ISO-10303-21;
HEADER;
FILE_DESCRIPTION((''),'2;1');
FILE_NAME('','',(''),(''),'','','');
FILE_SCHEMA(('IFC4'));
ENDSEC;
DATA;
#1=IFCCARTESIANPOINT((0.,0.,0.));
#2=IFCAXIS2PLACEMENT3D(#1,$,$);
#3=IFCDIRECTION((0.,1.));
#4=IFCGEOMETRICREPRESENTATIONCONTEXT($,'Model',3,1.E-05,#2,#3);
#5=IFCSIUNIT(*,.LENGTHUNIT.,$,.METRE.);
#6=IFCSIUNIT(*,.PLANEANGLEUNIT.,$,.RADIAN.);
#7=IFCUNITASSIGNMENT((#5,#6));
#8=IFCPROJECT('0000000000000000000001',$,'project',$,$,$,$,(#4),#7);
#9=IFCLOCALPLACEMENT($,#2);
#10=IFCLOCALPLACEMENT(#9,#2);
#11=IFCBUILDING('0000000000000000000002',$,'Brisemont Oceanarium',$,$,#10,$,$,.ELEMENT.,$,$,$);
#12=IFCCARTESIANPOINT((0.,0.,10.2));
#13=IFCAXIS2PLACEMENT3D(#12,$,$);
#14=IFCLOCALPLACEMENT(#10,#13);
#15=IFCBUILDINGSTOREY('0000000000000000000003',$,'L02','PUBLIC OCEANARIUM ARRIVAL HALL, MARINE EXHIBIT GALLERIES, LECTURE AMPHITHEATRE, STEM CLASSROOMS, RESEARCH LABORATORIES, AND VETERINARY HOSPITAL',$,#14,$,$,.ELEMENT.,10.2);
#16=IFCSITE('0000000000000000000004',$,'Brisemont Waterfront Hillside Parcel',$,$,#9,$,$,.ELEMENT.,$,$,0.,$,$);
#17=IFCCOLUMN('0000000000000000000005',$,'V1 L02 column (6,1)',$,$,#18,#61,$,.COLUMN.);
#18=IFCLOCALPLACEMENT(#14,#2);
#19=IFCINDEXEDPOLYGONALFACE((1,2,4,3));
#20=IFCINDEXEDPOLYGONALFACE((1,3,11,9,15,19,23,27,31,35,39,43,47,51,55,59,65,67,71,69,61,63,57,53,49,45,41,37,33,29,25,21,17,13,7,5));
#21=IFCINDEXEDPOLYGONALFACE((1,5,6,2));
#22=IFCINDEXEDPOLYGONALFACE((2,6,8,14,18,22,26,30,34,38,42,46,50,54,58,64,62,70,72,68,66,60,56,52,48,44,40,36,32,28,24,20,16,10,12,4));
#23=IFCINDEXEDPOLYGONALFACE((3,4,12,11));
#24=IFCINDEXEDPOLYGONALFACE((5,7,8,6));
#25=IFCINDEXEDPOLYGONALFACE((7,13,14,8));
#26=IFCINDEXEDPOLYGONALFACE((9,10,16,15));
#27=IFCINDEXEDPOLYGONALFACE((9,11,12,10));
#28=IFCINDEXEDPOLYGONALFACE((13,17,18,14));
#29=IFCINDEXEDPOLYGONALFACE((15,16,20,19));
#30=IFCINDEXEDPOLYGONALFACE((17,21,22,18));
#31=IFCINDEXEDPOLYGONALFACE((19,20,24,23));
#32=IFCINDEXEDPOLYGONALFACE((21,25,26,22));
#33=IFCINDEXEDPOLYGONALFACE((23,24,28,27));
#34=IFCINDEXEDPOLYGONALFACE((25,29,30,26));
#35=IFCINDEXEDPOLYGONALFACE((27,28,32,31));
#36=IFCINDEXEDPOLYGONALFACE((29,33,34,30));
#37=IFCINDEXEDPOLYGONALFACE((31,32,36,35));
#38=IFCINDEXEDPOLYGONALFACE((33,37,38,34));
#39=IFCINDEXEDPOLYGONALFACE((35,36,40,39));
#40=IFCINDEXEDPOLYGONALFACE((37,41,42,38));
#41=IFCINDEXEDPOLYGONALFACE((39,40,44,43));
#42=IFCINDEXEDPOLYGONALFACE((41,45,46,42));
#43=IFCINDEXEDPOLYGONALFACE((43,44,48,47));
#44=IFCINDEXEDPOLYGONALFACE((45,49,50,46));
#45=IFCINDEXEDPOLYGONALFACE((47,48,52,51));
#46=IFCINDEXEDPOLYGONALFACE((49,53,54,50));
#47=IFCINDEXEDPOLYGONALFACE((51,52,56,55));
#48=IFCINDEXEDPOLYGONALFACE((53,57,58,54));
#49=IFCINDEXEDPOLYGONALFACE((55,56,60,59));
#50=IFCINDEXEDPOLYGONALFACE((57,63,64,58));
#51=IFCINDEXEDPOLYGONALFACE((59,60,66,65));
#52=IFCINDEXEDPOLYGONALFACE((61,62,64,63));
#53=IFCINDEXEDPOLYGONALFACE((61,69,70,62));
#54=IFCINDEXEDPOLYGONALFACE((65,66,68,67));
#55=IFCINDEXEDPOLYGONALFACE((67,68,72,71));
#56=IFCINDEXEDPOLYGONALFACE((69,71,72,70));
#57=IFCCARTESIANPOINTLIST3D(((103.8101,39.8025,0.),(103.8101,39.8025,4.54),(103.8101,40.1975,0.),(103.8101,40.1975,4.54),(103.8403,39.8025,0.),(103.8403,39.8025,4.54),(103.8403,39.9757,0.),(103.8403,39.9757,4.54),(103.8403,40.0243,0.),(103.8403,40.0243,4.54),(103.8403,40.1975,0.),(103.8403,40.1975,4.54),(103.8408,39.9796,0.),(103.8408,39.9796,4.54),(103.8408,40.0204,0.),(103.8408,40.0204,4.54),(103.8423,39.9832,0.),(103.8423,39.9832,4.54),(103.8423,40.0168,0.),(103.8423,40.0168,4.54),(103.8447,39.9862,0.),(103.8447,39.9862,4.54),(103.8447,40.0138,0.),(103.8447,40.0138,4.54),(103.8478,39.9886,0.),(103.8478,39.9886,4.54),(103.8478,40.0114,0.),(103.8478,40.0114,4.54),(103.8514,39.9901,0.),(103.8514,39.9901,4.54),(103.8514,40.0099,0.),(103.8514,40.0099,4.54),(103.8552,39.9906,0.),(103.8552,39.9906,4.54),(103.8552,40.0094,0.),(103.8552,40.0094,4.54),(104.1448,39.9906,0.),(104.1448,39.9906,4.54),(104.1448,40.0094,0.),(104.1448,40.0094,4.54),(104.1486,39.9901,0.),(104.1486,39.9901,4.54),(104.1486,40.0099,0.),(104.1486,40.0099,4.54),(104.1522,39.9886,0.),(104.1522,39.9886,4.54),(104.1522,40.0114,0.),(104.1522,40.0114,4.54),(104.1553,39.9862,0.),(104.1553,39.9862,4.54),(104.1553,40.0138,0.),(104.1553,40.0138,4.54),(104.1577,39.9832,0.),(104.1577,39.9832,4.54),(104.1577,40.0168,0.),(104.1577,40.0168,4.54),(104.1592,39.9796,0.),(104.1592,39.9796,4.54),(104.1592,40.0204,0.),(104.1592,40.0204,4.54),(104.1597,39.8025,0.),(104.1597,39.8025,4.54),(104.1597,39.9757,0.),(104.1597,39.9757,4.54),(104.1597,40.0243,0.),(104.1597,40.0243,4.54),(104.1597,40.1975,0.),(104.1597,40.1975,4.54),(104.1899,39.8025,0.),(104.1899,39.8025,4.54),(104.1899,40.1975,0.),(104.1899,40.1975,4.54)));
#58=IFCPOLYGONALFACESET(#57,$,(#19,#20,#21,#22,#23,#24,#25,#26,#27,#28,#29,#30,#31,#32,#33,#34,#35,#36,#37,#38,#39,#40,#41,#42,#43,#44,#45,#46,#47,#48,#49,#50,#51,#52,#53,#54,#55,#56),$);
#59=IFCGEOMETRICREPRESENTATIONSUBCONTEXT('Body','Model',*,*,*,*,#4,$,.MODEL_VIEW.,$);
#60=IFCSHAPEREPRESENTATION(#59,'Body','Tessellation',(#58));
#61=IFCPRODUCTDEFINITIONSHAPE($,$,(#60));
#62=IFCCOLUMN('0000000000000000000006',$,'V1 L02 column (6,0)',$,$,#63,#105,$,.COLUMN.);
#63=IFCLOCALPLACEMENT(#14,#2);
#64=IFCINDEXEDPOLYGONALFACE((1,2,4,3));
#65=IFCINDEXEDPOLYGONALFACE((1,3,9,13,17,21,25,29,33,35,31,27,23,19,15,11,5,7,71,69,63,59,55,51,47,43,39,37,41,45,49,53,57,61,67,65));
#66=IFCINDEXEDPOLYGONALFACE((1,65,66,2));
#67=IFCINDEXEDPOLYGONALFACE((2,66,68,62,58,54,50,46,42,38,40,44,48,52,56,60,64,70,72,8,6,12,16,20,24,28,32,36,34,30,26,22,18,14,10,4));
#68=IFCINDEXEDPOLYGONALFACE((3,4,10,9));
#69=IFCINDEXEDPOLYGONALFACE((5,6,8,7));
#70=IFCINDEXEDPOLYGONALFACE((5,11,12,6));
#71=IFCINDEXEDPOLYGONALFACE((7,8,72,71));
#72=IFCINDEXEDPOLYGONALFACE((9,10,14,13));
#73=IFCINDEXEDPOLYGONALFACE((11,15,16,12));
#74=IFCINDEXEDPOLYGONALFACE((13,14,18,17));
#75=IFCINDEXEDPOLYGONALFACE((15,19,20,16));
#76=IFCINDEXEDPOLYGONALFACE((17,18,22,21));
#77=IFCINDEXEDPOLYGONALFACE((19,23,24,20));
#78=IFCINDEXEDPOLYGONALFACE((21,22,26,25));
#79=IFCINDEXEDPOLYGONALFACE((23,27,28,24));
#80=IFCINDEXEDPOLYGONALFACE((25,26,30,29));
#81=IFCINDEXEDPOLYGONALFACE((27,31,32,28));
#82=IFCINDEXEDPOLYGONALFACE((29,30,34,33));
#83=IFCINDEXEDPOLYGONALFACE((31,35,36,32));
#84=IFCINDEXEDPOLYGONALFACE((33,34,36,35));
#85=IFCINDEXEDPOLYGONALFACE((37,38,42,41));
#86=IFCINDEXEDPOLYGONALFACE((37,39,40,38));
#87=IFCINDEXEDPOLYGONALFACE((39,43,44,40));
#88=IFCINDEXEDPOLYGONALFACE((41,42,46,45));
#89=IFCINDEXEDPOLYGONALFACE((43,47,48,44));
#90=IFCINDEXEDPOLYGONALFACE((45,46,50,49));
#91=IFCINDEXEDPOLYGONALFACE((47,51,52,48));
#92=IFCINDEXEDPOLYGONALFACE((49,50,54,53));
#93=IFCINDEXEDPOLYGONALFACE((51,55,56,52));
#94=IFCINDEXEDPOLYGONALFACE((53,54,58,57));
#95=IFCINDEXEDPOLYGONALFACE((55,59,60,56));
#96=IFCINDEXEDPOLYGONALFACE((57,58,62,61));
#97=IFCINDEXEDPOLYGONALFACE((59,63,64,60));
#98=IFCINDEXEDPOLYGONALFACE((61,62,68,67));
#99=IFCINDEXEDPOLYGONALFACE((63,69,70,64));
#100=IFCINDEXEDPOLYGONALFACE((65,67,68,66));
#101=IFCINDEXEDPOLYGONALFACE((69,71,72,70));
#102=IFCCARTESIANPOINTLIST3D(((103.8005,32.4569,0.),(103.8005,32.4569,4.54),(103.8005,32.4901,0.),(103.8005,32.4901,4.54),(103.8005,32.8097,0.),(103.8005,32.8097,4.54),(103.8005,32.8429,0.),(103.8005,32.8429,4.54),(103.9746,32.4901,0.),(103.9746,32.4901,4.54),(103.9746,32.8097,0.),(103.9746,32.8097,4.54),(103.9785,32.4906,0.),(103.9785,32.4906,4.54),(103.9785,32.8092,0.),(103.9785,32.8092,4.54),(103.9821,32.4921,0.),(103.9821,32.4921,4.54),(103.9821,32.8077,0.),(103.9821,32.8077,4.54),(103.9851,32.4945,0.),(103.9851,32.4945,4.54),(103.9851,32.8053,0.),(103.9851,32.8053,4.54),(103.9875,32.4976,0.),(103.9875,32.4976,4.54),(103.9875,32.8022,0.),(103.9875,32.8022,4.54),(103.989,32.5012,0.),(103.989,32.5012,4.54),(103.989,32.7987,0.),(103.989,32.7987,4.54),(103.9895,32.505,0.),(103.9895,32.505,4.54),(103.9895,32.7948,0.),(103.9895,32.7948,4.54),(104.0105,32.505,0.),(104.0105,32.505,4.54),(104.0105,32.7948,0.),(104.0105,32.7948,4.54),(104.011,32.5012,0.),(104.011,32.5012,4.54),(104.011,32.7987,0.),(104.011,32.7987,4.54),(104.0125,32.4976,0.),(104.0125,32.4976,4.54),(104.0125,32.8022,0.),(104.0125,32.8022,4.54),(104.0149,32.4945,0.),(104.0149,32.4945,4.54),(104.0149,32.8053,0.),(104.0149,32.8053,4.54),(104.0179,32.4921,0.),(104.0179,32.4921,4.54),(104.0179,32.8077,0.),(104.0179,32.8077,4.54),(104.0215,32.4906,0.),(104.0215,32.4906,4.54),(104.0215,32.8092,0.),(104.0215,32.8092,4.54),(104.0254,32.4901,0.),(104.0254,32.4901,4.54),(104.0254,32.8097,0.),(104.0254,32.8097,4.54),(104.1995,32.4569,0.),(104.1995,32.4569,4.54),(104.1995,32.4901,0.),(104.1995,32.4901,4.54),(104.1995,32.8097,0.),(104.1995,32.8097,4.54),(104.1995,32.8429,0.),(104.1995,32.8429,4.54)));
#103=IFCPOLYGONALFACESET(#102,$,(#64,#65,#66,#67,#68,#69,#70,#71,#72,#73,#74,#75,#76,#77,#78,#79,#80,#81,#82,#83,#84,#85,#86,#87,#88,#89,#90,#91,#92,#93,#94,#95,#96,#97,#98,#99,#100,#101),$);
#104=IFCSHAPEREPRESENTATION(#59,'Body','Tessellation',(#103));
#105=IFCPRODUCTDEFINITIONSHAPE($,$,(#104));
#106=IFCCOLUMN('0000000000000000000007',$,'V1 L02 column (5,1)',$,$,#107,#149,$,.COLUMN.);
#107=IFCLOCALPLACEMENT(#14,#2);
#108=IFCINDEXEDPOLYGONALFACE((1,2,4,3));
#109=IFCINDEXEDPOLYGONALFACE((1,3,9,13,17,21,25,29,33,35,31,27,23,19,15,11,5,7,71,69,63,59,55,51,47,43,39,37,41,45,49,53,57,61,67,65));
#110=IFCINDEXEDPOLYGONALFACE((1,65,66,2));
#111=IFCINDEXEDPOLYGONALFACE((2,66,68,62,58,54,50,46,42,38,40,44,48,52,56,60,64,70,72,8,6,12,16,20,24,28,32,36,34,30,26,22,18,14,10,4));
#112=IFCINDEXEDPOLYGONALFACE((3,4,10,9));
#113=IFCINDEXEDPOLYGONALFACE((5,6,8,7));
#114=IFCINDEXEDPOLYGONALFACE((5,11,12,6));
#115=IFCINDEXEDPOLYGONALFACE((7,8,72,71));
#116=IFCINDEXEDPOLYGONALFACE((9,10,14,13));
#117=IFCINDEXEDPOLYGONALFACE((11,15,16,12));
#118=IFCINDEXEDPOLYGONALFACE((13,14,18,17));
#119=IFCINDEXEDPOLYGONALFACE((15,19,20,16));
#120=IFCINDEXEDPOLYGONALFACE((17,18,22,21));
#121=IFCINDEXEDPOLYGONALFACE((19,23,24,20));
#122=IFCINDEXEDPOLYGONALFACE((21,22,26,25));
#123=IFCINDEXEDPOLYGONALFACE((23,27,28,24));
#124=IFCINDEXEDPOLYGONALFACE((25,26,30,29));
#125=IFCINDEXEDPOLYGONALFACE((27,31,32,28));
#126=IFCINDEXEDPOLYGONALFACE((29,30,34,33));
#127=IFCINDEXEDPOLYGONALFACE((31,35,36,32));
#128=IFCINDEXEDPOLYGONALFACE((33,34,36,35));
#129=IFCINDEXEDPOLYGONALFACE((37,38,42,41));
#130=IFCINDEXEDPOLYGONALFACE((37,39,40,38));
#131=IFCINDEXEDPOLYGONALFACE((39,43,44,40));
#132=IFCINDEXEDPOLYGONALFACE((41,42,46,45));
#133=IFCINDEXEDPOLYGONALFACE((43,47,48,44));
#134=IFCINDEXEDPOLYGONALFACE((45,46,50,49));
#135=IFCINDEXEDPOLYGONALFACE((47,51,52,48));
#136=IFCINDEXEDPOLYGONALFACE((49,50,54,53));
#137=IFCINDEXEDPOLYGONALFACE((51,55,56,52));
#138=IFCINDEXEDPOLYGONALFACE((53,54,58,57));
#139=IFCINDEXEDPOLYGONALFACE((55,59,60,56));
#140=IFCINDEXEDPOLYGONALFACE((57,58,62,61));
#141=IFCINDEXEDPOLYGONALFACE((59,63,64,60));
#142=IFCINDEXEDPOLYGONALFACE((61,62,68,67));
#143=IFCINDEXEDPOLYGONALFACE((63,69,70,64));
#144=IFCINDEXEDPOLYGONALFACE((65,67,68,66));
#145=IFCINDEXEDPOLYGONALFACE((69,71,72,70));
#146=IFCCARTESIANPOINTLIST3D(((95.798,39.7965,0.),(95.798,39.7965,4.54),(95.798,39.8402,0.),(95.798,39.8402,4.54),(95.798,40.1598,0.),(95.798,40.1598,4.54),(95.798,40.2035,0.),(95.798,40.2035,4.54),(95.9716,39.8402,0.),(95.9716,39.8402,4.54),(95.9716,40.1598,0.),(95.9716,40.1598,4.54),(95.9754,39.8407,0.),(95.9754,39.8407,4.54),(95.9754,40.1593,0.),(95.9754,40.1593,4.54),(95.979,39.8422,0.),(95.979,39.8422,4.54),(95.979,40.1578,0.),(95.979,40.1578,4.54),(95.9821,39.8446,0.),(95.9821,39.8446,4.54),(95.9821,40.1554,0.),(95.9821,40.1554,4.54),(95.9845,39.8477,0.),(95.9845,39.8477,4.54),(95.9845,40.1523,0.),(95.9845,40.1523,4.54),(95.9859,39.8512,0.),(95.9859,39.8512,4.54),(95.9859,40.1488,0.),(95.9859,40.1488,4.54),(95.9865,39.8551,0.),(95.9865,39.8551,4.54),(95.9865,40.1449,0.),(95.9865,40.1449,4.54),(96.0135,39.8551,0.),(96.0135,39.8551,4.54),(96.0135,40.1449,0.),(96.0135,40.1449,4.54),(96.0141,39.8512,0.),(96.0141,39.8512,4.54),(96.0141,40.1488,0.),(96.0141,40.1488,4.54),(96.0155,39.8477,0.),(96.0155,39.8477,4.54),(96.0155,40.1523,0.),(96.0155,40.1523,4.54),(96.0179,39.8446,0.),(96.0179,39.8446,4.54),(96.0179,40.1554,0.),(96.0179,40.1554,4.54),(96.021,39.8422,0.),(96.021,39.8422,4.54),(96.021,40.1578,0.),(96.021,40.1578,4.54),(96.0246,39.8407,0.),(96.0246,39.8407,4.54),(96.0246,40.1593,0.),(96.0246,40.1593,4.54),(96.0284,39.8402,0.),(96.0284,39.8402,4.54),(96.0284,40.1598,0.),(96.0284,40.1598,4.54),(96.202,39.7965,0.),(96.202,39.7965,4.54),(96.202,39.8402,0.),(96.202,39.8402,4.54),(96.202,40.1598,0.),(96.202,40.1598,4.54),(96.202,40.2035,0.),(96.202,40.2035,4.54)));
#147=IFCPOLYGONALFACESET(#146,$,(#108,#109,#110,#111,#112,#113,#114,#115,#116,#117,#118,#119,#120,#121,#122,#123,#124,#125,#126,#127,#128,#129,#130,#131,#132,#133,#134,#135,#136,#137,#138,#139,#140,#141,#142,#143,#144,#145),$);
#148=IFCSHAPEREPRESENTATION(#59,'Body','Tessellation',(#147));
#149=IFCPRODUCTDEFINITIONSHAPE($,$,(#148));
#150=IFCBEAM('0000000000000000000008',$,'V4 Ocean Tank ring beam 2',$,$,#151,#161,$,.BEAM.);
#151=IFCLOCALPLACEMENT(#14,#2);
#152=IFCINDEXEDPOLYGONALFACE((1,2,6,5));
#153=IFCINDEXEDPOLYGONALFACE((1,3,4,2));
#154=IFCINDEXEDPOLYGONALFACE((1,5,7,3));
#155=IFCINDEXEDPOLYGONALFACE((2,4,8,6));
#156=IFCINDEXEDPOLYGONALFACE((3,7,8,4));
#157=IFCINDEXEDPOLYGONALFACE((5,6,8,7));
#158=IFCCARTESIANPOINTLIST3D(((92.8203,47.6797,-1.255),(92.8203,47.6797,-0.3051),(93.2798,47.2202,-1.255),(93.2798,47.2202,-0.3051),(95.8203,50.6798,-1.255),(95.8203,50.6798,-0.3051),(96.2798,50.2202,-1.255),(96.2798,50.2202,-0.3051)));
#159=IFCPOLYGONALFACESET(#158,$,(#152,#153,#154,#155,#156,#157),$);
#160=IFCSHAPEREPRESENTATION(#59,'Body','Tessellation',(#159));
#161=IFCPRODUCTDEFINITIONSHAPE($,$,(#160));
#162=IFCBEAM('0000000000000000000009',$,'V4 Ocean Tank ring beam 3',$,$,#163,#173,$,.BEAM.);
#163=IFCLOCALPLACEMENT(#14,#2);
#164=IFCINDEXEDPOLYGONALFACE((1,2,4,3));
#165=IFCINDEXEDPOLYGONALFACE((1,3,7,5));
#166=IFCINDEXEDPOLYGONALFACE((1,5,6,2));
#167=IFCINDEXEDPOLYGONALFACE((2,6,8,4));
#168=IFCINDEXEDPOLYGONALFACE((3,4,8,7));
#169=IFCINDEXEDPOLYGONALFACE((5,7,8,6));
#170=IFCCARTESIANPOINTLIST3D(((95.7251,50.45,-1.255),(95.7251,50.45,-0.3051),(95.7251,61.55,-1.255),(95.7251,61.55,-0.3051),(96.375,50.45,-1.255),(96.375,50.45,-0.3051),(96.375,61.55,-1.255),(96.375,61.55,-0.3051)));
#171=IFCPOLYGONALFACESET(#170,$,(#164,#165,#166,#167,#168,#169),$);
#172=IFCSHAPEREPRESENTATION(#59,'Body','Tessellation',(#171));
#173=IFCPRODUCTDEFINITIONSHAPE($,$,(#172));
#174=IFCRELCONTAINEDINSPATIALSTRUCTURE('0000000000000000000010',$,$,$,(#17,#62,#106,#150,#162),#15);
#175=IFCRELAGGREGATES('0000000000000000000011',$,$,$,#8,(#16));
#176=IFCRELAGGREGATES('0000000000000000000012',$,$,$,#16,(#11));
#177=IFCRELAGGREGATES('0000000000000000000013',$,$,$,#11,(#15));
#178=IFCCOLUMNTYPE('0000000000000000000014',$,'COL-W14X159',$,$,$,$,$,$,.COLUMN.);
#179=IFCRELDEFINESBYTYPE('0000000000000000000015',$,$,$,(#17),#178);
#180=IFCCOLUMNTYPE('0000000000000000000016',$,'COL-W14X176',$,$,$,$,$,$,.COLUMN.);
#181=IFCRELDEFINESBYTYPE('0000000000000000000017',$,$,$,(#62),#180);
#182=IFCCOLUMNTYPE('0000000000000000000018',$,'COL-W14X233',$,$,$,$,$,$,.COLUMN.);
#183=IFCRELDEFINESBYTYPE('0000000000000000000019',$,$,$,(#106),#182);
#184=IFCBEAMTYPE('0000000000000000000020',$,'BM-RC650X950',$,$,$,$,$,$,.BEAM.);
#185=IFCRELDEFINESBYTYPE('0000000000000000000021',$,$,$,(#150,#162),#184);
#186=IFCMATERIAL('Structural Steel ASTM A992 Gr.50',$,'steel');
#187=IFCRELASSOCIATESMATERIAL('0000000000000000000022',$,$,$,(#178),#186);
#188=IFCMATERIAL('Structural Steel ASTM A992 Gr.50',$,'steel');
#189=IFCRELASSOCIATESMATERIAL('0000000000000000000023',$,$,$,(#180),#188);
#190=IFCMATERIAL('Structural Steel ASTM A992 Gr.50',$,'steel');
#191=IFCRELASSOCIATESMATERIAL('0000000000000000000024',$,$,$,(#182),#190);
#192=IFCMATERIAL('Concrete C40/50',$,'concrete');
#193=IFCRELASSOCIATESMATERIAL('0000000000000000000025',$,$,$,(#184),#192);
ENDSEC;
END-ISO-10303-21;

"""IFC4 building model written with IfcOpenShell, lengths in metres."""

from ifc_helpers import new_model, si_unit, direction, frame, origin, origin_2d, place, context, subcontext, project, spatial, rectangle, i_section, extrude, material, material_profile, profile_set, type_object, element, save


model = new_model("IFC4")

# Units and contexts
model_context = context("Model", 3, precision=1e-05, world=origin(), true_north=direction((0.0, 1.0)))
body_context = subcontext(model_context, "Body", "Model", "MODEL_VIEW")
ifc_project = project(units=[si_unit("LENGTHUNIT", "METRE"), si_unit("PLANEANGLEUNIT", "RADIAN")], contexts=[model_context])

# Site, building, storey
site_placement = place(None, origin())
site = spatial("IfcSite", under=ifc_project, at=site_placement, Name="Brisemont Waterfront Hillside Parcel", CompositionType="ELEMENT", RefElevation=0.0)
building_placement = place(site_placement, origin())
building = spatial("IfcBuilding", under=site, at=building_placement, Name="Brisemont Oceanarium", CompositionType="ELEMENT")
storey_placement = place(building_placement, frame((0.0, 0.0, 10.2)))
storey = spatial("IfcBuildingStorey", under=building, at=storey_placement, Name="L02", Description="PUBLIC OCEANARIUM ARRIVAL HALL, MARINE EXHIBIT GALLERIES, LECTURE AMPHITHEATRE, STEM CLASSROOMS, RESEARCH LABORATORIES, AND VETERINARY HOSPITAL", CompositionType="ELEMENT", Elevation=10.2)

# Columns
ifc_material_1 = material(Name="Structural Steel ASTM A992 Gr.50", Category="steel")
ifc_material_profile_1 = material_profile(ifc_material_1, i_section(OverallWidth=0.395, OverallDepth=0.3799, WebThickness=0.0188, FlangeThickness=0.0303, FilletRadius=0.0149, at=origin_2d()), Name="W14X159")
ifc_profile_set_1 = profile_set([ifc_material_profile_1], Name="Structural Steel ASTM A992 Gr.50")
column_type_1 = type_object("IfcColumnType", Name="COL-W14X159", PredefinedType="COLUMN", material=ifc_profile_set_1)
column_1_placement = place(storey_placement, frame((104.0, 40.0, 0.0), z_axis=(0.0, 0.0, 1.0), x_axis=(0.0, 1.0, 0.0)))
element("IfcColumn", 1, at=column_1_placement, inside=storey, type_object=column_type_1, Name="V1 L02 column (6,1)", PredefinedType="COLUMN", context=body_context, shape_type="SweptSolid", body=[
    extrude(i_section(OverallWidth=0.395, OverallDepth=0.3799, WebThickness=0.0188, FlangeThickness=0.0303, FilletRadius=0.0149, at=origin_2d()), origin(), (0.0, 0.0, 1.0), 4.54),
])
ifc_material_2 = material(Name="Structural Steel ASTM A992 Gr.50", Category="steel")
ifc_material_profile_2 = material_profile(ifc_material_2, i_section(OverallWidth=0.3989, OverallDepth=0.386, WebThickness=0.021, FlangeThickness=0.0332, FilletRadius=0.0149, at=origin_2d()), Name="W14X176")
ifc_profile_set_2 = profile_set([ifc_material_profile_2], Name="Structural Steel ASTM A992 Gr.50")
column_type_2 = type_object("IfcColumnType", Name="COL-W14X176", PredefinedType="COLUMN", material=ifc_profile_set_2)
column_2_placement = place(storey_placement, frame((104.0, 32.6499, 0.0), z_axis=(0.0, 0.0, 1.0), x_axis=(1.0, 0.0, 0.0)))
element("IfcColumn", 2, at=column_2_placement, inside=storey, type_object=column_type_2, Name="V1 L02 column (6,0)", PredefinedType="COLUMN", context=body_context, shape_type="SweptSolid", body=[
    extrude(i_section(OverallWidth=0.3989, OverallDepth=0.386, WebThickness=0.021, FlangeThickness=0.0332, FilletRadius=0.0149, at=origin_2d()), origin(), (0.0, 0.0, 1.0), 4.54),
])
ifc_material_3 = material(Name="Structural Steel ASTM A992 Gr.50", Category="steel")
ifc_material_profile_3 = material_profile(ifc_material_3, i_section(OverallWidth=0.4041, OverallDepth=0.407, WebThickness=0.0271, FlangeThickness=0.0437, FilletRadius=0.0149, at=origin_2d()), Name="W14X233")
ifc_profile_set_3 = profile_set([ifc_material_profile_3], Name="Structural Steel ASTM A992 Gr.50")
column_type_3 = type_object("IfcColumnType", Name="COL-W14X233", PredefinedType="COLUMN", material=ifc_profile_set_3)
column_3_placement = place(storey_placement, frame((96.0, 40.0, 0.0), z_axis=(0.0, 0.0, 1.0), x_axis=(1.0, 0.0, 0.0)))
element("IfcColumn", 3, at=column_3_placement, inside=storey, type_object=column_type_3, Name="V1 L02 column (5,1)", PredefinedType="COLUMN", context=body_context, shape_type="SweptSolid", body=[
    extrude(i_section(OverallWidth=0.4041, OverallDepth=0.407, WebThickness=0.0271, FlangeThickness=0.0437, FilletRadius=0.0149, at=origin_2d()), origin(), (0.0, 0.0, 1.0), 4.54),
])

# Beams
ifc_material_4 = material(Name="Concrete C40/50", Category="concrete")
ifc_material_profile_4 = material_profile(ifc_material_4, rectangle(XDim=0.6499, YDim=0.95, at=origin_2d()), Name="RC-BM-650X950")
ifc_profile_set_4 = profile_set([ifc_material_profile_4], Name="Concrete C40/50")
beam_type_1 = type_object("IfcBeamType", Name="BM-RC650X950", PredefinedType="BEAM", material=ifc_profile_set_4)
beam_1_placement = place(storey_placement, frame((93.05, 47.45, -0.78), z_axis=(0.707107, 0.707107, 0.0), x_axis=(-0.707107, 0.707107, 0.0)))
element("IfcBeam", 4, at=beam_1_placement, inside=storey, type_object=beam_type_1, Name="V4 Ocean Tank ring beam 2", PredefinedType="BEAM", context=body_context, shape_type="SweptSolid", body=[
    extrude(rectangle(XDim=0.6499, YDim=0.95, at=origin_2d()), origin(), (0.0, 0.0, 1.0), 4.2427),
])
beam_2_placement = place(storey_placement, frame((96.05, 50.45, -0.78), z_axis=(0.0, 1.0, 0.0), x_axis=(-1.0, 0.0, 0.0)))
element("IfcBeam", 5, at=beam_2_placement, inside=storey, type_object=beam_type_1, Name="V4 Ocean Tank ring beam 3", PredefinedType="BEAM", context=body_context, shape_type="SweptSolid", body=[
    extrude(rectangle(XDim=0.6499, YDim=0.95, at=origin_2d()), origin(), (0.0, 0.0, 1.0), 11.1001),
])

save(model, "model.ifc")
